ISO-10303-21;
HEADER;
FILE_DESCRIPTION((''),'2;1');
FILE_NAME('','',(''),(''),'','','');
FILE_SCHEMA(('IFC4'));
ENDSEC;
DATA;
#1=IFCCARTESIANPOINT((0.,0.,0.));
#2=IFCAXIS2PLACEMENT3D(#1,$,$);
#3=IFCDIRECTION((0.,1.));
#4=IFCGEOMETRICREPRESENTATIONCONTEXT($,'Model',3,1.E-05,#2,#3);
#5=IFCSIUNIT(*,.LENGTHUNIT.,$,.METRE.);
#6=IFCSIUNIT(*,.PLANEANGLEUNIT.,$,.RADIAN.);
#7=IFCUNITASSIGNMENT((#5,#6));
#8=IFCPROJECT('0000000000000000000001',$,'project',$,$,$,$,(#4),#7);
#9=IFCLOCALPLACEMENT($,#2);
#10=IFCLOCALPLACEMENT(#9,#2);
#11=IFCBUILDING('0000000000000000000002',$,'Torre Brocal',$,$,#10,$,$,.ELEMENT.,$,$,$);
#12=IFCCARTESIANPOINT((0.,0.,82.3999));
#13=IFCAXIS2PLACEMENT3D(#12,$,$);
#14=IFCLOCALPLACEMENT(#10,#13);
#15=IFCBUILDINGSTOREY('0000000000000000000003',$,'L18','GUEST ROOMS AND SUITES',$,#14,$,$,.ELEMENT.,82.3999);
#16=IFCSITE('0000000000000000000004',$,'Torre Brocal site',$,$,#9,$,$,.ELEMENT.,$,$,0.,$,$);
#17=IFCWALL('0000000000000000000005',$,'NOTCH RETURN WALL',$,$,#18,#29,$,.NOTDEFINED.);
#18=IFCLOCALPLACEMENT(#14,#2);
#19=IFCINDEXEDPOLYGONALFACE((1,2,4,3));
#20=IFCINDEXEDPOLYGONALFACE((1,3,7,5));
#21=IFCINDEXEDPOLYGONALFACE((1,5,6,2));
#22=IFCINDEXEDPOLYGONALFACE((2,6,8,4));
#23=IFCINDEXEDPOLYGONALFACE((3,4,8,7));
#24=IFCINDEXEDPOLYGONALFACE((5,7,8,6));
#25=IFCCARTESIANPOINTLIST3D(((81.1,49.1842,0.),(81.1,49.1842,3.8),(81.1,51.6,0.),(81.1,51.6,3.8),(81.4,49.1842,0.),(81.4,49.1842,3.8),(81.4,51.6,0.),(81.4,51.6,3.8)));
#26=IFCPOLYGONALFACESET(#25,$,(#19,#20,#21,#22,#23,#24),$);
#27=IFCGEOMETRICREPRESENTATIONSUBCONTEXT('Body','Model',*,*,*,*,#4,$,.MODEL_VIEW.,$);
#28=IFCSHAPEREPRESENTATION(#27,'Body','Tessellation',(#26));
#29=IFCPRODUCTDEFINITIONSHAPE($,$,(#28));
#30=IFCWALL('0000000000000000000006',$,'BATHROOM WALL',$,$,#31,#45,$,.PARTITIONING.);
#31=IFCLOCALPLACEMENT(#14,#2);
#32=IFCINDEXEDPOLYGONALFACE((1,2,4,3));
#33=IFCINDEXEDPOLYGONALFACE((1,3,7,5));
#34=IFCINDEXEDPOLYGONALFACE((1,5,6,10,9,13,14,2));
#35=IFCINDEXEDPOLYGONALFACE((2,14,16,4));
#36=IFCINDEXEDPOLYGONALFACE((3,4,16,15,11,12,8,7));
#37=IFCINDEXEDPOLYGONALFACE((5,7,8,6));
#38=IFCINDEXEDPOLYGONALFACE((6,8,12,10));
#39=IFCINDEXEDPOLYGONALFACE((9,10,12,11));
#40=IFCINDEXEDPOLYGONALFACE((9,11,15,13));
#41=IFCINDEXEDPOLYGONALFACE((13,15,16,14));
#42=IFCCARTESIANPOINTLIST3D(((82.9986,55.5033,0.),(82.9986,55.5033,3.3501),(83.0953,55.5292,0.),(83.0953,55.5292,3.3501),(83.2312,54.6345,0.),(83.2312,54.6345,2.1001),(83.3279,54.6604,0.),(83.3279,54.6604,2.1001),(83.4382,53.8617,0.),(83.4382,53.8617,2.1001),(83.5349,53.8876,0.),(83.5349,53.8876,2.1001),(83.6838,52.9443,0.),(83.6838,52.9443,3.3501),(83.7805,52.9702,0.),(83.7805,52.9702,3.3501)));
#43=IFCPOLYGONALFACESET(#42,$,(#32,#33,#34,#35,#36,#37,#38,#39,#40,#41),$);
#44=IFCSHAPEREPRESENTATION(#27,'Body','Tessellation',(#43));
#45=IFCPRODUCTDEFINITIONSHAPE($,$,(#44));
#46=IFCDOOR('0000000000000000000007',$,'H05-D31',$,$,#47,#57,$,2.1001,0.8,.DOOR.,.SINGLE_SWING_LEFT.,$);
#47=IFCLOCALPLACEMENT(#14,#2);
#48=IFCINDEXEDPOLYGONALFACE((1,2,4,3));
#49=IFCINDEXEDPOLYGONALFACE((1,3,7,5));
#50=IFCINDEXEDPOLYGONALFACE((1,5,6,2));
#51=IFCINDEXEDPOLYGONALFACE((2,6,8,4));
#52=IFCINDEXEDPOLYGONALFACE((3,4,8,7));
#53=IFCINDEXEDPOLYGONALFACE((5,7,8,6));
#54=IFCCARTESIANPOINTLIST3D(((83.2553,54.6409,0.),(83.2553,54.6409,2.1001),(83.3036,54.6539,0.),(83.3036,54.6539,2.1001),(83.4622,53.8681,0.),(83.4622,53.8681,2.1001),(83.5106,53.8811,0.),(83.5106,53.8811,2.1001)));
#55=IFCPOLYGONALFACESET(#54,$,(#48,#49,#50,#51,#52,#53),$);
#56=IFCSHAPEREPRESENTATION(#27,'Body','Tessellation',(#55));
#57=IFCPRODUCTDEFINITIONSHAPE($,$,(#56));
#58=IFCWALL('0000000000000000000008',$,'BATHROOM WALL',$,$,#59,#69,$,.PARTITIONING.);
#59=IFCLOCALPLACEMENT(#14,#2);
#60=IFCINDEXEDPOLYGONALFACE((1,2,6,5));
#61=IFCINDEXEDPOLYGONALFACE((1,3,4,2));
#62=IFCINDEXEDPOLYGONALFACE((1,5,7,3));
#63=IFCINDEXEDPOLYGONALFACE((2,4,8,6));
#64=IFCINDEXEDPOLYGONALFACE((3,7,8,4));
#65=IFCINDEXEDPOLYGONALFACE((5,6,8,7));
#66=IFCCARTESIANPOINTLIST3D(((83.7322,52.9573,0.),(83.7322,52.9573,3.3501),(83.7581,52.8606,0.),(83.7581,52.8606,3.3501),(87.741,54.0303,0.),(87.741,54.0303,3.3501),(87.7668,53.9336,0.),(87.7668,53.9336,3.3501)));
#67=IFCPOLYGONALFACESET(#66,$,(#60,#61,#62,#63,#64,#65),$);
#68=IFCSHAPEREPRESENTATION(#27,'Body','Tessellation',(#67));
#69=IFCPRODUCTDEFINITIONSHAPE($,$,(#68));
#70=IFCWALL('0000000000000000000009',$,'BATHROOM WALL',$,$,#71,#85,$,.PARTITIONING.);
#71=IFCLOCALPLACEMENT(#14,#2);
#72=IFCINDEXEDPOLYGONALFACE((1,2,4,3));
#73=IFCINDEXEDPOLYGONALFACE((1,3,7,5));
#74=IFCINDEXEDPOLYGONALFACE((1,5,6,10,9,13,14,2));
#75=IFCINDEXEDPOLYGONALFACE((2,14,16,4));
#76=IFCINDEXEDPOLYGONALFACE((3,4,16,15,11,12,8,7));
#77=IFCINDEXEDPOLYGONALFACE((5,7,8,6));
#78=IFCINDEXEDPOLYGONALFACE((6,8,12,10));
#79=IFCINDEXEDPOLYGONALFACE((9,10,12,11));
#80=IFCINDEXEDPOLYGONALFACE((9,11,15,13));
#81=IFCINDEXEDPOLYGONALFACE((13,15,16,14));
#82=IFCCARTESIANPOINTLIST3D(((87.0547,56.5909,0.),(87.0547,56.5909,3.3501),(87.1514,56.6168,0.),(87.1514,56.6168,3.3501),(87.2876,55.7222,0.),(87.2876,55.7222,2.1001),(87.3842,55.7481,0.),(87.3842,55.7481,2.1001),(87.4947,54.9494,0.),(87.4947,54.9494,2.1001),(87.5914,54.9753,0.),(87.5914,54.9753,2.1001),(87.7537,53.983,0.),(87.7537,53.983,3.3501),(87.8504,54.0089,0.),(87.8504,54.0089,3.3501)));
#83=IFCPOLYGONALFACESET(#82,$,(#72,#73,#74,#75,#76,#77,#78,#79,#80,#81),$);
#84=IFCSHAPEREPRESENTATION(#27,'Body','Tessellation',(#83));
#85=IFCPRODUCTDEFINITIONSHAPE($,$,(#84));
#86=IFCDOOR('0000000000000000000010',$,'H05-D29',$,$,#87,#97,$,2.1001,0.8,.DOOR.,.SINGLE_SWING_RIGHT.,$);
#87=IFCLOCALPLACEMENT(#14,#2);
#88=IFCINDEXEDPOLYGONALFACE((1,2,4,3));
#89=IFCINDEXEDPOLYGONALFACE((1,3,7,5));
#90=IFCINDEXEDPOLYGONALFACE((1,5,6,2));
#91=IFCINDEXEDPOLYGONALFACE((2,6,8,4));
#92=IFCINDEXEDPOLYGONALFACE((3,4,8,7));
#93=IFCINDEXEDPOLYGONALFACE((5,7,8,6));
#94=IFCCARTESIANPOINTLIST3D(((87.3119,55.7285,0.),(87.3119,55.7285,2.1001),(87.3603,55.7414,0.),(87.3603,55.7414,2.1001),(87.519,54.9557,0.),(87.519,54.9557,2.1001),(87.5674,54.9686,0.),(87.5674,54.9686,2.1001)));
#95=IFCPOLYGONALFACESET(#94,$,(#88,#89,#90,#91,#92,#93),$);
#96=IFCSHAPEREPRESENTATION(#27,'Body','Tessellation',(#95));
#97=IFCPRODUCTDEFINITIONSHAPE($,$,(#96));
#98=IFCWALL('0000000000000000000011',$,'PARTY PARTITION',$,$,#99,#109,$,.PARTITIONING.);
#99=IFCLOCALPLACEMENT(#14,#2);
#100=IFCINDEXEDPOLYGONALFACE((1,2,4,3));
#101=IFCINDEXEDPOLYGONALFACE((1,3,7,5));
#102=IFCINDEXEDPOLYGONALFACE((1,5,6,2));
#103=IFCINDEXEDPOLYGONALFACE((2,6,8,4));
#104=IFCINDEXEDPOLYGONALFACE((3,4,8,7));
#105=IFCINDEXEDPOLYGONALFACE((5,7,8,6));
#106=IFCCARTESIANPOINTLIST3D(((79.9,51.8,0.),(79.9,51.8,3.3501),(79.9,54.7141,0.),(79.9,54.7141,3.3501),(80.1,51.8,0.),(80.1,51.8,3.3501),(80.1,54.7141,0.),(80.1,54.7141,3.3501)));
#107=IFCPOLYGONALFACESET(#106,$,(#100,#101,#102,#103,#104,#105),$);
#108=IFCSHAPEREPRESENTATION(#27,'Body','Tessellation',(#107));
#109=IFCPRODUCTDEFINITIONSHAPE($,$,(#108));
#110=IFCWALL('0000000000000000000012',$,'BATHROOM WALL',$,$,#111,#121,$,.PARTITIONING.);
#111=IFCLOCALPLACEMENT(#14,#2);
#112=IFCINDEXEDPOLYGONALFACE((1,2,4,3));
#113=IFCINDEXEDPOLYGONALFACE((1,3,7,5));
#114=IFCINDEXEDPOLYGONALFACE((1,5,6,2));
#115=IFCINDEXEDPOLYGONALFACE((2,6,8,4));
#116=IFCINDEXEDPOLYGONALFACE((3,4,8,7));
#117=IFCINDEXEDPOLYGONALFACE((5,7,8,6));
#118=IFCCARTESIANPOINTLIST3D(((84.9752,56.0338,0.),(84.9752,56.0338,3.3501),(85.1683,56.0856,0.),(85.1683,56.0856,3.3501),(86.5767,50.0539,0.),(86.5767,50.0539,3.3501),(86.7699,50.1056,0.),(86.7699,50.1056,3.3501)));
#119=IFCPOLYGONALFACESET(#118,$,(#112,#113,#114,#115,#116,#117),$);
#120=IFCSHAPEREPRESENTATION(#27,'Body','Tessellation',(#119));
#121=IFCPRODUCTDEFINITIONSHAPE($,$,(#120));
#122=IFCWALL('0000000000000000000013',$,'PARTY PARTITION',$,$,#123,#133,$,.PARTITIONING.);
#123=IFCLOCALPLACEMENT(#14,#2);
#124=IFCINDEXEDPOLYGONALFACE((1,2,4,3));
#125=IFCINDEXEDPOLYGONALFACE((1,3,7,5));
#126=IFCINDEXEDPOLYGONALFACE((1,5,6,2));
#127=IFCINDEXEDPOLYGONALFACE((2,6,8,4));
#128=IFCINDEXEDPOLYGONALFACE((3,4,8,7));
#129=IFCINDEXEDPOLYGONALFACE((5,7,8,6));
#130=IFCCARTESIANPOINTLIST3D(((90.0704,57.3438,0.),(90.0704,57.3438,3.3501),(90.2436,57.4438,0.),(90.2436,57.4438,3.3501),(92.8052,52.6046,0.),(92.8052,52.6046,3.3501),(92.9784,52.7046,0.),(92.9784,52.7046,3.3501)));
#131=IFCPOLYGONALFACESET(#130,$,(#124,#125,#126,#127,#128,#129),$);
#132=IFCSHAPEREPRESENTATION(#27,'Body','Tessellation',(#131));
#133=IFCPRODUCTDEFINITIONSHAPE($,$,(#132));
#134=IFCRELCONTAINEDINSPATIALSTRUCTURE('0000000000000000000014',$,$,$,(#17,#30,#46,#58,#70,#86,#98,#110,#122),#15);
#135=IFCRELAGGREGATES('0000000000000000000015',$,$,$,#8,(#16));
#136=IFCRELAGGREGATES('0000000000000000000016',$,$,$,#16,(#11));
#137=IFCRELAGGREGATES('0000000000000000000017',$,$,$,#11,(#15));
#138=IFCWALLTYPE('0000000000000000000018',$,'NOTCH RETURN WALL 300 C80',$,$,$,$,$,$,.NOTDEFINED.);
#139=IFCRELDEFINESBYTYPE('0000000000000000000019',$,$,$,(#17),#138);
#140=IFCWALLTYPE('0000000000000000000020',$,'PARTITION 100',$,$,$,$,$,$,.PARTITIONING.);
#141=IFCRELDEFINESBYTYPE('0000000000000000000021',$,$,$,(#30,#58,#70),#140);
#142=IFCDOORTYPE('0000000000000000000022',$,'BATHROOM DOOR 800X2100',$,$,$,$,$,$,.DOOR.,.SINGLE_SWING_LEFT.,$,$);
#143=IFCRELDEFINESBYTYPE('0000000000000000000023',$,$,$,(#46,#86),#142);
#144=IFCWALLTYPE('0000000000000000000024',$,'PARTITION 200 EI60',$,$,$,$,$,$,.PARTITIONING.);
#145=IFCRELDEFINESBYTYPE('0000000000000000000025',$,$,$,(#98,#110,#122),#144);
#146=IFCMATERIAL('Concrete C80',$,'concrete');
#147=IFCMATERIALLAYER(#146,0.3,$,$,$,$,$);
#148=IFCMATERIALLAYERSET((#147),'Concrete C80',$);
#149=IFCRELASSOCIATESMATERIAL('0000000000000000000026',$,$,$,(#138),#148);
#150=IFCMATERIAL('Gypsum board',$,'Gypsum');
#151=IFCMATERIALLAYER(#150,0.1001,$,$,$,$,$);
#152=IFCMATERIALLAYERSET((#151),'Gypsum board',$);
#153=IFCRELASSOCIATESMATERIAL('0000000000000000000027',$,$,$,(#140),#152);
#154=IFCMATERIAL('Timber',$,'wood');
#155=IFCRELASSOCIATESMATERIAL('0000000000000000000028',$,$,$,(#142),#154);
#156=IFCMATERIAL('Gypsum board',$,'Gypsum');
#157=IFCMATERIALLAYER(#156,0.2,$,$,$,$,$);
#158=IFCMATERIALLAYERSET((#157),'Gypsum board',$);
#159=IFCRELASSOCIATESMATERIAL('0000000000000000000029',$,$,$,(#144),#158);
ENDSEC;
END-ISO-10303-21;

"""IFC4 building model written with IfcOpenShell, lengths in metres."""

from ifc_helpers import new_model, si_unit, direction, frame, frame_2d, origin, place, context, subcontext, project, spatial, rectangle, extrude, material, layer, layer_set, type_object, element, fill, save


model = new_model("IFC4")

# Units and contexts
model_context = context("Model", 3, precision=1e-05, world=origin(), true_north=direction((0.0, 1.0)))
body_context = subcontext(model_context, "Body", "Model", "MODEL_VIEW")
ifc_project = project(units=[si_unit("LENGTHUNIT", "METRE"), si_unit("PLANEANGLEUNIT", "RADIAN")], contexts=[model_context])

# Site, building, storey
site_placement = place(None, origin())
site = spatial("IfcSite", under=ifc_project, at=site_placement, Name="Torre Brocal site", CompositionType="ELEMENT", RefElevation=0.0)
building_placement = place(site_placement, origin())
building = spatial("IfcBuilding", under=site, at=building_placement, Name="Torre Brocal", CompositionType="ELEMENT")
storey_placement = place(building_placement, frame((0.0, 0.0, 82.3999)))
storey = spatial("IfcBuildingStorey", under=building, at=storey_placement, Name="L18", Description="GUEST ROOMS AND SUITES", CompositionType="ELEMENT", Elevation=82.3999)

# Wall
ifc_material_1 = material(Name="Concrete C80", Category="concrete")
ifc_layer_1 = layer(ifc_material_1, 0.3)
ifc_layer_set_1 = layer_set([ifc_layer_1], Name="Concrete C80")
wall_type_1 = type_object("IfcWallType", Name="NOTCH RETURN WALL 300 C80", PredefinedType="NOTDEFINED", material=ifc_layer_set_1)
wall_1_placement = place(storey_placement, frame((81.25, 51.6001, 0.0), z_axis=(0.0, 0.0, 1.0), x_axis=(0.0, -1.0, 0.0)))
element("IfcWall", 1, at=wall_1_placement, inside=storey, type_object=wall_type_1, Name="NOTCH RETURN WALL", PredefinedType="NOTDEFINED", context=body_context, shape_type="SweptSolid", body=[
    extrude(rectangle(XDim=2.4158, YDim=0.3, at=frame_2d((1.208, 0.0))), origin(), (0.0, 0.0, 1.0), 3.8),
])

# Wall, opening, door
ifc_material_2 = material(Name="Gypsum board", Category="Gypsum")
ifc_layer_2 = layer(ifc_material_2, 0.1001)
ifc_layer_set_2 = layer_set([ifc_layer_2], Name="Gypsum board")
wall_type_2 = type_object("IfcWallType", Name="PARTITION 100", PredefinedType="PARTITIONING", material=ifc_layer_set_2)
wall_2_placement = place(storey_placement, frame((83.0469, 55.5164, 0.0), z_axis=(0.0, 0.0, 1.0), x_axis=(0.258678, -0.965964, 0.0)))
wall_2 = element("IfcWall", 2, at=wall_2_placement, inside=storey, type_object=wall_type_2, Name="BATHROOM WALL", PredefinedType="PARTITIONING", context=body_context, shape_type="SweptSolid", body=[
    extrude(rectangle(XDim=2.6492, YDim=0.1001, at=frame_2d((1.3247, 0.0))), origin(), (0.0, 0.0, 1.0), 3.3501),
])
opening_1_placement = place(wall_2_placement, frame((0.8997, 0.0, 0.0)))
opening_1 = element("IfcOpeningElement", 3, at=opening_1_placement, cuts=wall_2, PredefinedType="OPENING", context=body_context, shape_type="SweptSolid", body=[
    extrude(rectangle(XDim=0.8, YDim=2.1001, at=frame_2d((0.3999, 1.05))), frame((0.0, 0.0601, 0.0), z_axis=(0.0, -1.0, 0.0), x_axis=(1.0, 0.0, 0.0)), (0.0, 0.0, 1.0), 0.1201),
])
ifc_material_3 = material(Name="Timber", Category="wood")
door_type_1 = type_object("IfcDoorType", Name="BATHROOM DOOR 800X2100", OperationType="SINGLE_SWING_LEFT", PredefinedType="DOOR", material=ifc_material_3)
door_1_placement = place(opening_1_placement, origin())
door_1 = element("IfcDoor", 4, at=door_1_placement, inside=storey, type_object=door_type_1, Name="H05-D31", OperationType="SINGLE_SWING_LEFT", OverallHeight=2.1001, OverallWidth=0.8, PredefinedType="DOOR", context=body_context, shape_type="SweptSolid", body=[
    extrude(rectangle(XDim=0.8, YDim=2.1001, at=frame_2d((0.3999, 1.05))), frame((0.0, 0.0249, 0.0), z_axis=(0.0, -1.0, 0.0), x_axis=(1.0, 0.0, 0.0)), (0.0, 0.0, 1.0), 0.05),
])
fill(opening_1, door_1)

# Wall
wall_3_placement = place(storey_placement, frame((83.7451, 52.9089, 0.0), z_axis=(0.0, 0.0, 1.0), x_axis=(0.965995, 0.25856, 0.0)))
element("IfcWall", 5, at=wall_3_placement, inside=storey, type_object=wall_type_2, Name="BATHROOM WALL", PredefinedType="PARTITIONING", context=body_context, shape_type="SweptSolid", body=[
    extrude(rectangle(XDim=4.1499, YDim=0.1001, at=frame_2d((2.075, 0.0))), origin(), (0.0, 0.0, 1.0), 3.3501),
])

# Wall, opening, door
wall_4_placement = place(storey_placement, frame((87.103, 56.604, 0.0), z_axis=(0.0, 0.0, 1.0), x_axis=(0.258884, -0.965908, 0.0)))
wall_4 = element("IfcWall", 6, at=wall_4_placement, inside=storey, type_object=wall_type_2, Name="BATHROOM WALL", PredefinedType="PARTITIONING", context=body_context, shape_type="SweptSolid", body=[
    extrude(rectangle(XDim=2.7, YDim=0.1001, at=frame_2d((1.3501, 0.0))), origin(), (0.0, 0.0, 1.0), 3.3501),
])
opening_2_placement = place(wall_4_placement, frame((0.8997, 0.0, 0.0)))
opening_2 = element("IfcOpeningElement", 7, at=opening_2_placement, cuts=wall_4, PredefinedType="OPENING", context=body_context, shape_type="SweptSolid", body=[
    extrude(rectangle(XDim=0.8, YDim=2.1001, at=frame_2d((0.3999, 1.05))), frame((0.0, 0.0601, 0.0), z_axis=(0.0, -1.0, 0.0), x_axis=(1.0, 0.0, 0.0)), (0.0, 0.0, 1.0), 0.1201),
])
door_2_placement = place(opening_2_placement, frame((0.8, 0.0, 0.0), z_axis=(0.0, 0.0, 1.0), x_axis=(-1.0, 0.0, 0.0)))
door_2 = element("IfcDoor", 8, at=door_2_placement, inside=storey, type_object=door_type_1, Name="H05-D29", OperationType="SINGLE_SWING_RIGHT", OverallHeight=2.1001, OverallWidth=0.8, PredefinedType="DOOR", context=body_context, shape_type="SweptSolid", body=[
    extrude(rectangle(XDim=0.8, YDim=2.1001, at=frame_2d((0.3999, 1.05))), frame((0.0, 0.0249, 0.0), z_axis=(0.0, -1.0, 0.0), x_axis=(1.0, 0.0, 0.0)), (0.0, 0.0, 1.0), 0.05),
])
fill(opening_2, door_2)

# Walls
ifc_material_4 = material(Name="Gypsum board", Category="Gypsum")
ifc_layer_3 = layer(ifc_material_4, 0.2)
ifc_layer_set_3 = layer_set([ifc_layer_3], Name="Gypsum board")
wall_type_3 = type_object("IfcWallType", Name="PARTITION 200 EI60", PredefinedType="PARTITIONING", material=ifc_layer_set_3)
wall_5_placement = place(storey_placement, frame((80.0, 51.8, 0.0), z_axis=(0.0, 0.0, 1.0), x_axis=(0.0, 1.0, 0.0)))
element("IfcWall", 9, at=wall_5_placement, inside=storey, type_object=wall_type_3, Name="PARTY PARTITION", PredefinedType="PARTITIONING", context=body_context, shape_type="SweptSolid", body=[
    extrude(rectangle(XDim=2.9141, YDim=0.2, at=frame_2d((1.457, 0.0))), origin(), (0.0, 0.0, 1.0), 3.3501),
])
wall_6_placement = place(storey_placement, frame((85.0718, 56.0596, 0.0), z_axis=(0.0, 0.0, 1.0), x_axis=(0.258703, -0.965957, 0.0)))
element("IfcWall", 10, at=wall_6_placement, inside=storey, type_object=wall_type_3, Name="BATHROOM WALL", PredefinedType="PARTITIONING", context=body_context, shape_type="SweptSolid", body=[
    extrude(rectangle(XDim=6.1907, YDim=0.2, at=frame_2d((3.0952, 0.0))), origin(), (0.0, 0.0, 1.0), 3.3501),
])
wall_7_placement = place(storey_placement, frame((90.157, 57.3938, 0.0), z_axis=(0.0, 0.0, 1.0), x_axis=(0.499815, -0.866132, 0.0)))
element("IfcWall", 11, at=wall_7_placement, inside=storey, type_object=wall_type_3, Name="PARTY PARTITION", PredefinedType="PARTITIONING", context=body_context, shape_type="SweptSolid", body=[
    extrude(rectangle(XDim=5.4717, YDim=0.2, at=frame_2d((2.7358, 0.0))), origin(), (0.0, 0.0, 1.0), 3.3501),
])

save(model, "model.ifc")
